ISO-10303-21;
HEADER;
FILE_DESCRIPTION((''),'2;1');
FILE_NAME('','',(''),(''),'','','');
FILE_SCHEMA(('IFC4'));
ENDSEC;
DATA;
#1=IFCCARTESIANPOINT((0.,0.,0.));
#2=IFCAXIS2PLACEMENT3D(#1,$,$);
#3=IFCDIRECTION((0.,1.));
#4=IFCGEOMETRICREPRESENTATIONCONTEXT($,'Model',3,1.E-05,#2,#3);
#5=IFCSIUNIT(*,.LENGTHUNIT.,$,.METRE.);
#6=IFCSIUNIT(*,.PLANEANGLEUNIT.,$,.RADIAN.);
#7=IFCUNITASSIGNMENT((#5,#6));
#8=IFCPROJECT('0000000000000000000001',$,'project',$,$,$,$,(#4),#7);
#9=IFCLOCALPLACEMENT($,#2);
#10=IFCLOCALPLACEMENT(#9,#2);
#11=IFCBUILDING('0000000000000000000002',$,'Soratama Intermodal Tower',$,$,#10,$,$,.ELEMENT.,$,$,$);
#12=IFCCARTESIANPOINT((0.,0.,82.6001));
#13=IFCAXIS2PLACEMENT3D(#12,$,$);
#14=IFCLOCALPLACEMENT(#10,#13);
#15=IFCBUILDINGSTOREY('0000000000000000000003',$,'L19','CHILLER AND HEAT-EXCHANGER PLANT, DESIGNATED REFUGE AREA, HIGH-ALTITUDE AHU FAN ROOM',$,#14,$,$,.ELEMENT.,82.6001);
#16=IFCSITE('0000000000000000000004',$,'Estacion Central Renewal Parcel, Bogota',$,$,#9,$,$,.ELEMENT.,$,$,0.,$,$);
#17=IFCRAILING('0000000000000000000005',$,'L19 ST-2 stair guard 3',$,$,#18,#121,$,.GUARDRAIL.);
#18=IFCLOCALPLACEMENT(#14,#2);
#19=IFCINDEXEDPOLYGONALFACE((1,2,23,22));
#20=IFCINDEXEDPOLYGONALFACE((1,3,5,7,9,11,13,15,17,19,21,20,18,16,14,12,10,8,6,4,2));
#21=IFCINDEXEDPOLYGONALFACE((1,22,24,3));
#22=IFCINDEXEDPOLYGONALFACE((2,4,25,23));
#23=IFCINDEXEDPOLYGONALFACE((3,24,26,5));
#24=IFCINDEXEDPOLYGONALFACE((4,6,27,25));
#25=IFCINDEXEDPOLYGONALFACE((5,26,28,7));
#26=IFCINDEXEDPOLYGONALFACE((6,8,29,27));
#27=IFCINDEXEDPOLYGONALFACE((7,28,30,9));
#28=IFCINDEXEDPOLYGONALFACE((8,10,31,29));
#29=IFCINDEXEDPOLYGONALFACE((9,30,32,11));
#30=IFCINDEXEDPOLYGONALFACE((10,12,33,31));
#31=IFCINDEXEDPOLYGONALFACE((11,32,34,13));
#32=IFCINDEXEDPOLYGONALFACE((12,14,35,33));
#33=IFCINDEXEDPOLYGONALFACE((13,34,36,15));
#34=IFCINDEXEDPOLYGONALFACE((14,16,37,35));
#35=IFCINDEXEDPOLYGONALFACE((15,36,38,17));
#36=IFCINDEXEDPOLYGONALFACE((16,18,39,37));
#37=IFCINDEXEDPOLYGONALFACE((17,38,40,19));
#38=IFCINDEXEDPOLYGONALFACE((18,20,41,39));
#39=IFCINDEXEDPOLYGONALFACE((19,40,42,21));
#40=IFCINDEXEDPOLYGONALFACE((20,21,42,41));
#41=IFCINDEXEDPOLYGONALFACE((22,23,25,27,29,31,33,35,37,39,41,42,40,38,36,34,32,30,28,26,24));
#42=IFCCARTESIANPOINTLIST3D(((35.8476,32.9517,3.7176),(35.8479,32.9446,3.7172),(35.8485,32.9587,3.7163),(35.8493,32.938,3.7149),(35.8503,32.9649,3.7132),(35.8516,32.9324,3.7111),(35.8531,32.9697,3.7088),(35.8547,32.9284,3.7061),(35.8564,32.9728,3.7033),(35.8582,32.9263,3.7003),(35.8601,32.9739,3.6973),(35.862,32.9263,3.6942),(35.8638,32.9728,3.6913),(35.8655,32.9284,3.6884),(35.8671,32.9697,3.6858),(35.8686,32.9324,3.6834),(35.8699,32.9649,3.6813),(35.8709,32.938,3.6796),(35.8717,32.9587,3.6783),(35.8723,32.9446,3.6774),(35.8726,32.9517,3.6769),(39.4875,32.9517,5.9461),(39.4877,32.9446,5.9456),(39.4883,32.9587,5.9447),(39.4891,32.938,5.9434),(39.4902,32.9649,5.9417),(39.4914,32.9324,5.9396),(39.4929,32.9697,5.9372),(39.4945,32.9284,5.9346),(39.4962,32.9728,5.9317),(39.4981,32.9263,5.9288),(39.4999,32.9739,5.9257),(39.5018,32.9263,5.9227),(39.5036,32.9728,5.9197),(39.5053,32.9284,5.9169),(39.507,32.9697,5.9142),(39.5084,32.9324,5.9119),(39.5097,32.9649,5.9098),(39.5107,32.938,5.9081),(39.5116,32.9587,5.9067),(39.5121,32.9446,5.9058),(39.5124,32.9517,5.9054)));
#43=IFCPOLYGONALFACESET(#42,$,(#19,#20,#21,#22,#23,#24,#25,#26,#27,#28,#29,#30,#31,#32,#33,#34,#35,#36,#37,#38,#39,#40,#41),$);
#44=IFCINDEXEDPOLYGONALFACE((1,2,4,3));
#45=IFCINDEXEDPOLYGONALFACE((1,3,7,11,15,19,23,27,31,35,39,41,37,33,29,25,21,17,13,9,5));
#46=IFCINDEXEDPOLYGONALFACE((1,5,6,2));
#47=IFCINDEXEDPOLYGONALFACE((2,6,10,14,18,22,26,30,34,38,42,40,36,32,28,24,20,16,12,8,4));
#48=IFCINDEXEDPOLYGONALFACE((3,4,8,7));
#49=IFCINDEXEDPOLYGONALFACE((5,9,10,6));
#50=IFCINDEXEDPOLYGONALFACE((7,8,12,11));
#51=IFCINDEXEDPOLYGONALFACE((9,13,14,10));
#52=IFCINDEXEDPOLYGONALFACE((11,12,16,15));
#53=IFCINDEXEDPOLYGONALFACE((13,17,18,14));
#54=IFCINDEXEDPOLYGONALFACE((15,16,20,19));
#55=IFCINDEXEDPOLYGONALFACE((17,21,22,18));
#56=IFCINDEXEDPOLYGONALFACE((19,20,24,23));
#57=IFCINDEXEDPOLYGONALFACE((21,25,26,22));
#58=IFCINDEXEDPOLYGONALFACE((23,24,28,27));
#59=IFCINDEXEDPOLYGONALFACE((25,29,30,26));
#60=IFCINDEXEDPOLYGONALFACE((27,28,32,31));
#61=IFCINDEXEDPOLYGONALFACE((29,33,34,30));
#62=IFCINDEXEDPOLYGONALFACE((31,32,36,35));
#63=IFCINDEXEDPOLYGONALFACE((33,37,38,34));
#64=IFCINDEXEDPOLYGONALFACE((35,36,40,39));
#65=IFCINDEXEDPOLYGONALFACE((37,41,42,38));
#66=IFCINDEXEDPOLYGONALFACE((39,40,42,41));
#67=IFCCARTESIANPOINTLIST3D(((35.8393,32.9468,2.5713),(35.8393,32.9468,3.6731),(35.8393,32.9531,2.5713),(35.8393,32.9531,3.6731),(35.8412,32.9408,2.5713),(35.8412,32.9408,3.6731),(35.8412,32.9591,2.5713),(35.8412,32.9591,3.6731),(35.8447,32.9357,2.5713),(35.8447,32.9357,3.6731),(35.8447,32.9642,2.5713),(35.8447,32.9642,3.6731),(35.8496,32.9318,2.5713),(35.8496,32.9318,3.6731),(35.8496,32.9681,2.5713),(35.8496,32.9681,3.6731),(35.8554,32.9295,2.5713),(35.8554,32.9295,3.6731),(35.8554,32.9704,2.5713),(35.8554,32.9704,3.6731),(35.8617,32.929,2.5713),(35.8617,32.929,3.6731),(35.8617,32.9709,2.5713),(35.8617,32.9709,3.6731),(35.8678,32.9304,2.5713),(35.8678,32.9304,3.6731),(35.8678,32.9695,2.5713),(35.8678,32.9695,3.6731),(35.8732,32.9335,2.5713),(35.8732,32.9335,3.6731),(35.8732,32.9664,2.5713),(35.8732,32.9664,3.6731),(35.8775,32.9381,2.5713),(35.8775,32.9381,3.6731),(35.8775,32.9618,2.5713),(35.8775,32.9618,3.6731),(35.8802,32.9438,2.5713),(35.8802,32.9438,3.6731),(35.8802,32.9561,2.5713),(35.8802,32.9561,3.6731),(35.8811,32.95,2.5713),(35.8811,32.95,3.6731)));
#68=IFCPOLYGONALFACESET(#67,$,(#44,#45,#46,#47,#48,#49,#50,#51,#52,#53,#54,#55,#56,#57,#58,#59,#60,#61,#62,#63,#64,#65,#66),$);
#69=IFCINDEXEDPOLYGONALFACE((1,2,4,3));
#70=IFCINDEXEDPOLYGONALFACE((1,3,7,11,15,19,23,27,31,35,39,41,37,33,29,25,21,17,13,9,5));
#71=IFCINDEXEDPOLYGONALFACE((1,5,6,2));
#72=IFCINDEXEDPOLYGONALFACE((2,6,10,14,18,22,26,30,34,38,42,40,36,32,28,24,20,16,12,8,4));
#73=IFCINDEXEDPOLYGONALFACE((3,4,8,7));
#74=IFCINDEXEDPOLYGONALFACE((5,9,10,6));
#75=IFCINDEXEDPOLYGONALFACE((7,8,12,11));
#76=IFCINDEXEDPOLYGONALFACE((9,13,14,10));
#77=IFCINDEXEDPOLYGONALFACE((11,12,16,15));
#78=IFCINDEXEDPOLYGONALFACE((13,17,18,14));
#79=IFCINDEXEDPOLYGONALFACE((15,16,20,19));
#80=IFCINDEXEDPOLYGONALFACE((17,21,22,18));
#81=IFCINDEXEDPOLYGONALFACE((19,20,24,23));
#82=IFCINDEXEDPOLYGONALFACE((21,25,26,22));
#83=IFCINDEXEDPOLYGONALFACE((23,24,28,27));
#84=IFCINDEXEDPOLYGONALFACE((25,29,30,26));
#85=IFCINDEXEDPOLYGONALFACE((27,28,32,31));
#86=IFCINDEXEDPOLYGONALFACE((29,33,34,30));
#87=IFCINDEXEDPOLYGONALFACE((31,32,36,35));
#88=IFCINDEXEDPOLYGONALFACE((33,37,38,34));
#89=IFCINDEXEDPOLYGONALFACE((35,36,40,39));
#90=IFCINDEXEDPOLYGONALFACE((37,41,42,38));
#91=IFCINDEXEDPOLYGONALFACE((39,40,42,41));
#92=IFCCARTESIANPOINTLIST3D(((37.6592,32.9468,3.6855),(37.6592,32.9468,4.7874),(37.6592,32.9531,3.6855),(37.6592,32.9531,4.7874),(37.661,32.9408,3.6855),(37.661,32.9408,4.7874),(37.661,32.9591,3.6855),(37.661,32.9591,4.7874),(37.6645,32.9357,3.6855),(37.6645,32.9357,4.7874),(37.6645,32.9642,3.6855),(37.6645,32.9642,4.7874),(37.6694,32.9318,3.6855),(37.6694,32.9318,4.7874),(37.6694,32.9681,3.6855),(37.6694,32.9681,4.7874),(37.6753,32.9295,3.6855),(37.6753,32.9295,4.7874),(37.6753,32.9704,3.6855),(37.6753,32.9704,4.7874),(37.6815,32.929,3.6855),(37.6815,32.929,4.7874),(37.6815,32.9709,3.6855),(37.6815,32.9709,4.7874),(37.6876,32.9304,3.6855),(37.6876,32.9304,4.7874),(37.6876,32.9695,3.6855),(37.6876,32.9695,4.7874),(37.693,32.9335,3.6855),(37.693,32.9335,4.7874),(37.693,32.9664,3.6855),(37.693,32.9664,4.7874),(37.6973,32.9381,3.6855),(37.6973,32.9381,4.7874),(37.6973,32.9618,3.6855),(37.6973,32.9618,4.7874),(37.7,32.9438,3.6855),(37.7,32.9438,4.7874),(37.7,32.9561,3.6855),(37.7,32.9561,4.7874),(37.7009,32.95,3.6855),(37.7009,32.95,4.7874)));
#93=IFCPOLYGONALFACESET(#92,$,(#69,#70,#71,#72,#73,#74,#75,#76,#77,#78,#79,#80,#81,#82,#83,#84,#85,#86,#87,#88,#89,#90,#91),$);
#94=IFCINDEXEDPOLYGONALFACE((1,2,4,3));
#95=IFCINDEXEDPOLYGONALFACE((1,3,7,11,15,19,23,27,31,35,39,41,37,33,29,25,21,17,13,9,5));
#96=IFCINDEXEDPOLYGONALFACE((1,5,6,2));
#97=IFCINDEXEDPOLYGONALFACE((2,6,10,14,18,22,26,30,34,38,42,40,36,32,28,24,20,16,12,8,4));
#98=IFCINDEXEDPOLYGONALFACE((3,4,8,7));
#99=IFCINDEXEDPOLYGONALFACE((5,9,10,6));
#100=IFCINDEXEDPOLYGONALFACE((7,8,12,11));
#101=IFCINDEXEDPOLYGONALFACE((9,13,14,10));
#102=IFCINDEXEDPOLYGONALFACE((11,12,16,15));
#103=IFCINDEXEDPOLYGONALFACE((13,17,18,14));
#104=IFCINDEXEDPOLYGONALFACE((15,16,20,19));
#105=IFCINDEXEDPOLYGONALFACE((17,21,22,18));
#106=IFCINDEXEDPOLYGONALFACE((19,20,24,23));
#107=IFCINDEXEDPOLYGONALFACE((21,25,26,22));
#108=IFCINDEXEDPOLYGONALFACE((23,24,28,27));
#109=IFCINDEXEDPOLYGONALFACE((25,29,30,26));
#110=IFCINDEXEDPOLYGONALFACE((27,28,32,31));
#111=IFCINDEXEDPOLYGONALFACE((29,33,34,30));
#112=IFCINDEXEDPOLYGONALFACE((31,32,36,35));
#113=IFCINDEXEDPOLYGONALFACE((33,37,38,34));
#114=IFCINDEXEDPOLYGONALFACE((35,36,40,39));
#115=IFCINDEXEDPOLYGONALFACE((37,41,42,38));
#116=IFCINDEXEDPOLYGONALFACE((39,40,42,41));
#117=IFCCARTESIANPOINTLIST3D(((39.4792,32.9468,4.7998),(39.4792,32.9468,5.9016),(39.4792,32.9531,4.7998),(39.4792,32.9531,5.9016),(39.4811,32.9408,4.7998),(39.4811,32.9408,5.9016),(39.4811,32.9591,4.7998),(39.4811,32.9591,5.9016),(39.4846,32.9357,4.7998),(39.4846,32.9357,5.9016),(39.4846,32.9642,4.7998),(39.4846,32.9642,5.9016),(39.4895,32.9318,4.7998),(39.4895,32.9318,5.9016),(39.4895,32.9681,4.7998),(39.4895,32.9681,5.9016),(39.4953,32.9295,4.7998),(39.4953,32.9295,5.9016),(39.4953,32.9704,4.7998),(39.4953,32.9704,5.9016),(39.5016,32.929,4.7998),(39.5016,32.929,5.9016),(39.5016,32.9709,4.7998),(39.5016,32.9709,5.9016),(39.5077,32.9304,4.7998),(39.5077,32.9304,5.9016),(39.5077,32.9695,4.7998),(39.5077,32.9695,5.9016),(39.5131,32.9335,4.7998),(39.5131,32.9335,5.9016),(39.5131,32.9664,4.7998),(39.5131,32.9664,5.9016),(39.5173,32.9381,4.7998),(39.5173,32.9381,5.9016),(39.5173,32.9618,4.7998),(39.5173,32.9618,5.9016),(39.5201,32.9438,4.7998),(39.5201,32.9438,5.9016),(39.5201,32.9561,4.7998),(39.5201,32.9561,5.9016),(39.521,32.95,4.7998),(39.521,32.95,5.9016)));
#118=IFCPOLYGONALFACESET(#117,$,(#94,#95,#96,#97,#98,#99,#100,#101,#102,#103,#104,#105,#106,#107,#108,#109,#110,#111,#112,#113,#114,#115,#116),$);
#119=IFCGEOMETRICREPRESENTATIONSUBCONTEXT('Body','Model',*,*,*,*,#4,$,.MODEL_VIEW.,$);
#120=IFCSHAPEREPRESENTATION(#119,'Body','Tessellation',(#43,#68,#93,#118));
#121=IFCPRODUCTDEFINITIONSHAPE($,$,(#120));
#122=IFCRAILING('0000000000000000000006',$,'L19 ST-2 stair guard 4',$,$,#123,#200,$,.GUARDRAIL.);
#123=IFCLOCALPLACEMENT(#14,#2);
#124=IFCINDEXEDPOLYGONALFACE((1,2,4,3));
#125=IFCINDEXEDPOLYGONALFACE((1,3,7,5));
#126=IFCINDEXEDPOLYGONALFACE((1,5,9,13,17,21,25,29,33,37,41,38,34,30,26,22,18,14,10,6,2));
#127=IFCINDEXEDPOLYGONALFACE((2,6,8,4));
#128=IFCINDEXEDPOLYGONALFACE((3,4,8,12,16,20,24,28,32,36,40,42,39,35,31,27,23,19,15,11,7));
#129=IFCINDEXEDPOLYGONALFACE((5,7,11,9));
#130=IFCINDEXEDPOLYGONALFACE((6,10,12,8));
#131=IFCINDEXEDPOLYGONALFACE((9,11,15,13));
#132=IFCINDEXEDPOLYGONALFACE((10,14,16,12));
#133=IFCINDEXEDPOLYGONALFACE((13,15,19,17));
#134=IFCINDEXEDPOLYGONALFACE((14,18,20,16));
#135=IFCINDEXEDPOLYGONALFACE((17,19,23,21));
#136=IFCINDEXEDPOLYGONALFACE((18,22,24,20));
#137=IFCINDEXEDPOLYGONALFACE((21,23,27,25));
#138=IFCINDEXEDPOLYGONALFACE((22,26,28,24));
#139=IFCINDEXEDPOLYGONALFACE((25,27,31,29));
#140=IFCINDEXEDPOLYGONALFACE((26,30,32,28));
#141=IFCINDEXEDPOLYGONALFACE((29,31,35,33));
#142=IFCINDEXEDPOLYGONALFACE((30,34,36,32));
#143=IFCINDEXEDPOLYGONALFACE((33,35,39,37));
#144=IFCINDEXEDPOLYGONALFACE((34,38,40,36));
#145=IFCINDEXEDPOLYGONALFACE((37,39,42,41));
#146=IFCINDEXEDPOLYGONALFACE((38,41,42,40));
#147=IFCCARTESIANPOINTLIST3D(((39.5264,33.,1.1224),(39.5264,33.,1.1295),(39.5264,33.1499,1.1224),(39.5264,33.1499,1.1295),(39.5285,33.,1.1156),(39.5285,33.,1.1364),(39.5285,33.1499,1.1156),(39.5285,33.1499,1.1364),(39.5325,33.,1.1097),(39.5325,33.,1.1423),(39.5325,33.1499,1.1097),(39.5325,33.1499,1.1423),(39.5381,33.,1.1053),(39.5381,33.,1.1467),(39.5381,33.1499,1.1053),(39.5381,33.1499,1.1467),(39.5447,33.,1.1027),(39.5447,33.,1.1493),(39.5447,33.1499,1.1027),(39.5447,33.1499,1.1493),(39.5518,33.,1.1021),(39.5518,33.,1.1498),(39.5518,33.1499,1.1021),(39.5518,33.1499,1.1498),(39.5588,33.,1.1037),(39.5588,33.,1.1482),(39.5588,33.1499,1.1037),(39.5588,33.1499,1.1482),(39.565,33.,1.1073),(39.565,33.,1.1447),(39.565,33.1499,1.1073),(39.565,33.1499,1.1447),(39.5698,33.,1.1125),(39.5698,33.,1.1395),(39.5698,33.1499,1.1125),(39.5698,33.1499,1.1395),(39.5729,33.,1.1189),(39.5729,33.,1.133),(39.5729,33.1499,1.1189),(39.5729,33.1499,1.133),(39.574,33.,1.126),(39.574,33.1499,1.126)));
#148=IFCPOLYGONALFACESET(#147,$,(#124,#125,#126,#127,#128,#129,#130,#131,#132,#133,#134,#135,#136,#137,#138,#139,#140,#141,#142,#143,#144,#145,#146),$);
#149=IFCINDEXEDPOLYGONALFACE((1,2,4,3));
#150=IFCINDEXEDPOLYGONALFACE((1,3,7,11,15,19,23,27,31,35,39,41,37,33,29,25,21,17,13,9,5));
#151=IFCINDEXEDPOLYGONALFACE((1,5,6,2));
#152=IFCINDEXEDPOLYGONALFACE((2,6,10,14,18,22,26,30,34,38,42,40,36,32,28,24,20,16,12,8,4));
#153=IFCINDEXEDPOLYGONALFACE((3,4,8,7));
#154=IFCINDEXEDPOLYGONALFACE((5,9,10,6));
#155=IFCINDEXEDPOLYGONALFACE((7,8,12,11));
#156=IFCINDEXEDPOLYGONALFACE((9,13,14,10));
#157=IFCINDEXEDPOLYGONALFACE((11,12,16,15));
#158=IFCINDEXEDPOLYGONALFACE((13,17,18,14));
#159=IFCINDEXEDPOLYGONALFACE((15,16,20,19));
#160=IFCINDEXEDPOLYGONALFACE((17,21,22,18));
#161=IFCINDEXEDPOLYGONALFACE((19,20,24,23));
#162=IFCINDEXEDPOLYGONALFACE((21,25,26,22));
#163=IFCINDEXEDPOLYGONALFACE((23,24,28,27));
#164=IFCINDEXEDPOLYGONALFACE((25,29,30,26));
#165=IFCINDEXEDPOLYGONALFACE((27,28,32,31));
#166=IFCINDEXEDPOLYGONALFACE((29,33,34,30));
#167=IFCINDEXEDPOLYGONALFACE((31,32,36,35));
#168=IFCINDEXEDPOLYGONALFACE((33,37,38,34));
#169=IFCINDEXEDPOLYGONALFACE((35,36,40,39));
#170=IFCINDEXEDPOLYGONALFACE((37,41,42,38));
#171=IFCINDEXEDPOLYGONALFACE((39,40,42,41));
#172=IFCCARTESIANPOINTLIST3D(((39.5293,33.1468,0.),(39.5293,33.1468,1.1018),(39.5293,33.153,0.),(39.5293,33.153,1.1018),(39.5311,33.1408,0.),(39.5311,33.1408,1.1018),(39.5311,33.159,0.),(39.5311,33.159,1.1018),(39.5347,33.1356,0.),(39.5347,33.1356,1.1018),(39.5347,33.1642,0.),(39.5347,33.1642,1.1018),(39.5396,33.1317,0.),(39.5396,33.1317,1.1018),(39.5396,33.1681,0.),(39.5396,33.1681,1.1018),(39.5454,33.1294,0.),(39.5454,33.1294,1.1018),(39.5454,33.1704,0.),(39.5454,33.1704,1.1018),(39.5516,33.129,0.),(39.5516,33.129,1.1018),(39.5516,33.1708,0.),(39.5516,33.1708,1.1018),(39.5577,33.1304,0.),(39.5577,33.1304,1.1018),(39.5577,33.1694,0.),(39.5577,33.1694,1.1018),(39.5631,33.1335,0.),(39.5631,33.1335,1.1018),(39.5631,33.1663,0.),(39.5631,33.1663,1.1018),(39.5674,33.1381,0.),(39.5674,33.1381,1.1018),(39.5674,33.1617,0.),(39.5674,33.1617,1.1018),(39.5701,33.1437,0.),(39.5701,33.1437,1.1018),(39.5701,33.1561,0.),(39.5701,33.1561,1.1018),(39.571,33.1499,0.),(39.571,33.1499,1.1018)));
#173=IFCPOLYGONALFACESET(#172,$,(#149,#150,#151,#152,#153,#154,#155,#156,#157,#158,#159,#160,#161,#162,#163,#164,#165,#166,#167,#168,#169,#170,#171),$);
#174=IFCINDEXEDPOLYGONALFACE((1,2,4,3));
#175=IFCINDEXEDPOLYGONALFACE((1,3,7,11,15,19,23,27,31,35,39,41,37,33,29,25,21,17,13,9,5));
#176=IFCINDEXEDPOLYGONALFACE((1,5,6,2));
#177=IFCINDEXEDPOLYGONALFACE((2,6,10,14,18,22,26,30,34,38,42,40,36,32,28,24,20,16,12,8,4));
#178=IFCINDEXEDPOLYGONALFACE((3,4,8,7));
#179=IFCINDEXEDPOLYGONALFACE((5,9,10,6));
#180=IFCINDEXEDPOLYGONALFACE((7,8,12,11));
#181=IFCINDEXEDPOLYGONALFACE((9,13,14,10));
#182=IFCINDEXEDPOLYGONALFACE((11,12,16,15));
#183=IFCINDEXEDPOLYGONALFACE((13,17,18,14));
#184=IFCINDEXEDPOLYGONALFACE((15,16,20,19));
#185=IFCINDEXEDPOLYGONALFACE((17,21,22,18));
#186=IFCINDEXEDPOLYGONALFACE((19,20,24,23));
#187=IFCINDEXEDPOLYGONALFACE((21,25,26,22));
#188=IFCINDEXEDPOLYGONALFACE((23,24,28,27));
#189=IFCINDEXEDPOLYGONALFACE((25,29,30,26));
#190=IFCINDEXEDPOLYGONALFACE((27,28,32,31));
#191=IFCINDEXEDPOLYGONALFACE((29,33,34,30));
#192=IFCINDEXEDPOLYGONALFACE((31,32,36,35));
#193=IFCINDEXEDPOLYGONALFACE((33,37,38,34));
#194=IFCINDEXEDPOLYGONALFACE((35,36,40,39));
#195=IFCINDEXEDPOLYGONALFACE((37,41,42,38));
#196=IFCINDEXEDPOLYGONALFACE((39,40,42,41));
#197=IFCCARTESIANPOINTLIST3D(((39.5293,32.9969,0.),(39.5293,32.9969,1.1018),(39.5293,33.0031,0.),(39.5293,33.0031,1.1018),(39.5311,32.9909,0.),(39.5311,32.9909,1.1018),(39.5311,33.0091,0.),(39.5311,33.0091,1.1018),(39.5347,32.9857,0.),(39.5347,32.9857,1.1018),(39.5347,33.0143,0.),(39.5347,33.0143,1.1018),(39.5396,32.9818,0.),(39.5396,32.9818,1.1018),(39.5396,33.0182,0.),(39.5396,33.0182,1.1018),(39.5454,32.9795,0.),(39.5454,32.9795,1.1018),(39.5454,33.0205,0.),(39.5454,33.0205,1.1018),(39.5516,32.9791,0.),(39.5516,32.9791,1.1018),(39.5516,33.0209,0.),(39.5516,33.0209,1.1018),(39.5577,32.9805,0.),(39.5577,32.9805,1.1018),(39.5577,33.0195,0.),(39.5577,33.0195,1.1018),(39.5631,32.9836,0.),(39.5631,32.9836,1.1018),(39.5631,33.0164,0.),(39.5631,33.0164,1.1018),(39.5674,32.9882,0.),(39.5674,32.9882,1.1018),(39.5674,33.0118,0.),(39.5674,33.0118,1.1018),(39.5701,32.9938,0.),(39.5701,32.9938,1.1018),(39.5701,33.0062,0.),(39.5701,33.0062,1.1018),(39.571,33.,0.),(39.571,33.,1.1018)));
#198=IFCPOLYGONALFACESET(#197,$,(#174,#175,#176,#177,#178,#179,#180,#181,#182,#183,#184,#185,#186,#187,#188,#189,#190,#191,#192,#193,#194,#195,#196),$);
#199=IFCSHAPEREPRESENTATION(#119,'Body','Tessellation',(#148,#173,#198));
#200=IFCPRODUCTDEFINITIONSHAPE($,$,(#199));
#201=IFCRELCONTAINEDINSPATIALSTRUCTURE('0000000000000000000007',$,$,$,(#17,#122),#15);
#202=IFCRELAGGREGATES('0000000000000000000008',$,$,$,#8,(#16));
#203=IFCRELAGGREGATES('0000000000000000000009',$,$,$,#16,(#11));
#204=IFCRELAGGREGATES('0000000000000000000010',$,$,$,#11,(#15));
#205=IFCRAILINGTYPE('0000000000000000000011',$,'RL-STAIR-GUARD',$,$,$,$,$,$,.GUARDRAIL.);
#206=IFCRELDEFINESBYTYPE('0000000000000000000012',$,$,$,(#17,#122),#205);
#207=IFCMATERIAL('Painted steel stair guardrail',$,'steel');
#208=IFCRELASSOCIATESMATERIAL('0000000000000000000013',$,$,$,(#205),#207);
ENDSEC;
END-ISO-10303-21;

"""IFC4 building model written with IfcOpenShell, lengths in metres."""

from ifc_helpers import new_model, si_unit, direction, frame, origin, origin_2d, place, context, subcontext, project, spatial, circle, extrude, material, type_object, element, save


model = new_model("IFC4")

# Units and contexts
model_context = context("Model", 3, precision=1e-05, world=origin(), true_north=direction((0.0, 1.0)))
body_context = subcontext(model_context, "Body", "Model", "MODEL_VIEW")
ifc_project = project(units=[si_unit("LENGTHUNIT", "METRE"), si_unit("PLANEANGLEUNIT", "RADIAN")], contexts=[model_context])

# Site, building, storey
site_placement = place(None, origin())
site = spatial("IfcSite", under=ifc_project, at=site_placement, Name="Estacion Central Renewal Parcel, Bogota", CompositionType="ELEMENT", RefElevation=0.0)
building_placement = place(site_placement, origin())
building = spatial("IfcBuilding", under=site, at=building_placement, Name="Soratama Intermodal Tower", CompositionType="ELEMENT")
storey_placement = place(building_placement, frame((0.0, 0.0, 82.6001)))
storey = spatial("IfcBuildingStorey", under=building, at=storey_placement, Name="L19", Description="CHILLER AND HEAT-EXCHANGER PLANT, DESIGNATED REFUGE AREA, HIGH-ALTITUDE AHU FAN ROOM", CompositionType="ELEMENT", Elevation=82.6001)

# Railings
ifc_material_1 = material(Name="Painted steel stair guardrail", Category="steel")
railing_type_1 = type_object("IfcRailingType", Name="RL-STAIR-GUARD", PredefinedType="GUARDRAIL", material=ifc_material_1)
railing_1_placement = place(storey_placement, frame((35.8601, 32.95, 2.5713)))
element("IfcRailing", 1, at=railing_1_placement, inside=storey, type_object=railing_type_1, Name="L19 ST-2 stair guard 3", PredefinedType="GUARDRAIL", context=body_context, shape_type="SweptSolid", body=[
    extrude(circle(Radius=0.0239, at=origin_2d()), frame((0.0, 0.0, 1.126), z_axis=(0.85285, 0.0, 0.522156), x_axis=(0.0, 1.0, 0.0)), (0.0, 0.0, 1.0), 4.2678),
    extrude(circle(Radius=0.021, at=origin_2d()), origin(), (0.0, 0.0, 1.0), 1.1018),
    extrude(circle(Radius=0.021, at=origin_2d()), frame((1.8198, 0.0, 1.1143)), (0.0, 0.0, 1.0), 1.1018),
    extrude(circle(Radius=0.021, at=origin_2d()), frame((3.6399, 0.0, 2.2285)), (0.0, 0.0, 1.0), 1.1018),
])
railing_2_placement = place(storey_placement, frame((39.55, 33.1499, 0.0)))
element("IfcRailing", 2, at=railing_2_placement, inside=storey, type_object=railing_type_1, Name="L19 ST-2 stair guard 4", PredefinedType="GUARDRAIL", context=body_context, shape_type="SweptSolid", body=[
    extrude(circle(Radius=0.0239, at=origin_2d()), frame((0.0, 0.0, 1.126), z_axis=(0.0, -1.0, 0.0), x_axis=(1.0, 0.0, 0.0)), (0.0, 0.0, 1.0), 0.1499),
    extrude(circle(Radius=0.021, at=origin_2d()), origin(), (0.0, 0.0, 1.0), 1.1018),
    extrude(circle(Radius=0.021, at=origin_2d()), frame((0.0, -0.1499, 0.0)), (0.0, 0.0, 1.0), 1.1018),
])

save(model, "model.ifc")
